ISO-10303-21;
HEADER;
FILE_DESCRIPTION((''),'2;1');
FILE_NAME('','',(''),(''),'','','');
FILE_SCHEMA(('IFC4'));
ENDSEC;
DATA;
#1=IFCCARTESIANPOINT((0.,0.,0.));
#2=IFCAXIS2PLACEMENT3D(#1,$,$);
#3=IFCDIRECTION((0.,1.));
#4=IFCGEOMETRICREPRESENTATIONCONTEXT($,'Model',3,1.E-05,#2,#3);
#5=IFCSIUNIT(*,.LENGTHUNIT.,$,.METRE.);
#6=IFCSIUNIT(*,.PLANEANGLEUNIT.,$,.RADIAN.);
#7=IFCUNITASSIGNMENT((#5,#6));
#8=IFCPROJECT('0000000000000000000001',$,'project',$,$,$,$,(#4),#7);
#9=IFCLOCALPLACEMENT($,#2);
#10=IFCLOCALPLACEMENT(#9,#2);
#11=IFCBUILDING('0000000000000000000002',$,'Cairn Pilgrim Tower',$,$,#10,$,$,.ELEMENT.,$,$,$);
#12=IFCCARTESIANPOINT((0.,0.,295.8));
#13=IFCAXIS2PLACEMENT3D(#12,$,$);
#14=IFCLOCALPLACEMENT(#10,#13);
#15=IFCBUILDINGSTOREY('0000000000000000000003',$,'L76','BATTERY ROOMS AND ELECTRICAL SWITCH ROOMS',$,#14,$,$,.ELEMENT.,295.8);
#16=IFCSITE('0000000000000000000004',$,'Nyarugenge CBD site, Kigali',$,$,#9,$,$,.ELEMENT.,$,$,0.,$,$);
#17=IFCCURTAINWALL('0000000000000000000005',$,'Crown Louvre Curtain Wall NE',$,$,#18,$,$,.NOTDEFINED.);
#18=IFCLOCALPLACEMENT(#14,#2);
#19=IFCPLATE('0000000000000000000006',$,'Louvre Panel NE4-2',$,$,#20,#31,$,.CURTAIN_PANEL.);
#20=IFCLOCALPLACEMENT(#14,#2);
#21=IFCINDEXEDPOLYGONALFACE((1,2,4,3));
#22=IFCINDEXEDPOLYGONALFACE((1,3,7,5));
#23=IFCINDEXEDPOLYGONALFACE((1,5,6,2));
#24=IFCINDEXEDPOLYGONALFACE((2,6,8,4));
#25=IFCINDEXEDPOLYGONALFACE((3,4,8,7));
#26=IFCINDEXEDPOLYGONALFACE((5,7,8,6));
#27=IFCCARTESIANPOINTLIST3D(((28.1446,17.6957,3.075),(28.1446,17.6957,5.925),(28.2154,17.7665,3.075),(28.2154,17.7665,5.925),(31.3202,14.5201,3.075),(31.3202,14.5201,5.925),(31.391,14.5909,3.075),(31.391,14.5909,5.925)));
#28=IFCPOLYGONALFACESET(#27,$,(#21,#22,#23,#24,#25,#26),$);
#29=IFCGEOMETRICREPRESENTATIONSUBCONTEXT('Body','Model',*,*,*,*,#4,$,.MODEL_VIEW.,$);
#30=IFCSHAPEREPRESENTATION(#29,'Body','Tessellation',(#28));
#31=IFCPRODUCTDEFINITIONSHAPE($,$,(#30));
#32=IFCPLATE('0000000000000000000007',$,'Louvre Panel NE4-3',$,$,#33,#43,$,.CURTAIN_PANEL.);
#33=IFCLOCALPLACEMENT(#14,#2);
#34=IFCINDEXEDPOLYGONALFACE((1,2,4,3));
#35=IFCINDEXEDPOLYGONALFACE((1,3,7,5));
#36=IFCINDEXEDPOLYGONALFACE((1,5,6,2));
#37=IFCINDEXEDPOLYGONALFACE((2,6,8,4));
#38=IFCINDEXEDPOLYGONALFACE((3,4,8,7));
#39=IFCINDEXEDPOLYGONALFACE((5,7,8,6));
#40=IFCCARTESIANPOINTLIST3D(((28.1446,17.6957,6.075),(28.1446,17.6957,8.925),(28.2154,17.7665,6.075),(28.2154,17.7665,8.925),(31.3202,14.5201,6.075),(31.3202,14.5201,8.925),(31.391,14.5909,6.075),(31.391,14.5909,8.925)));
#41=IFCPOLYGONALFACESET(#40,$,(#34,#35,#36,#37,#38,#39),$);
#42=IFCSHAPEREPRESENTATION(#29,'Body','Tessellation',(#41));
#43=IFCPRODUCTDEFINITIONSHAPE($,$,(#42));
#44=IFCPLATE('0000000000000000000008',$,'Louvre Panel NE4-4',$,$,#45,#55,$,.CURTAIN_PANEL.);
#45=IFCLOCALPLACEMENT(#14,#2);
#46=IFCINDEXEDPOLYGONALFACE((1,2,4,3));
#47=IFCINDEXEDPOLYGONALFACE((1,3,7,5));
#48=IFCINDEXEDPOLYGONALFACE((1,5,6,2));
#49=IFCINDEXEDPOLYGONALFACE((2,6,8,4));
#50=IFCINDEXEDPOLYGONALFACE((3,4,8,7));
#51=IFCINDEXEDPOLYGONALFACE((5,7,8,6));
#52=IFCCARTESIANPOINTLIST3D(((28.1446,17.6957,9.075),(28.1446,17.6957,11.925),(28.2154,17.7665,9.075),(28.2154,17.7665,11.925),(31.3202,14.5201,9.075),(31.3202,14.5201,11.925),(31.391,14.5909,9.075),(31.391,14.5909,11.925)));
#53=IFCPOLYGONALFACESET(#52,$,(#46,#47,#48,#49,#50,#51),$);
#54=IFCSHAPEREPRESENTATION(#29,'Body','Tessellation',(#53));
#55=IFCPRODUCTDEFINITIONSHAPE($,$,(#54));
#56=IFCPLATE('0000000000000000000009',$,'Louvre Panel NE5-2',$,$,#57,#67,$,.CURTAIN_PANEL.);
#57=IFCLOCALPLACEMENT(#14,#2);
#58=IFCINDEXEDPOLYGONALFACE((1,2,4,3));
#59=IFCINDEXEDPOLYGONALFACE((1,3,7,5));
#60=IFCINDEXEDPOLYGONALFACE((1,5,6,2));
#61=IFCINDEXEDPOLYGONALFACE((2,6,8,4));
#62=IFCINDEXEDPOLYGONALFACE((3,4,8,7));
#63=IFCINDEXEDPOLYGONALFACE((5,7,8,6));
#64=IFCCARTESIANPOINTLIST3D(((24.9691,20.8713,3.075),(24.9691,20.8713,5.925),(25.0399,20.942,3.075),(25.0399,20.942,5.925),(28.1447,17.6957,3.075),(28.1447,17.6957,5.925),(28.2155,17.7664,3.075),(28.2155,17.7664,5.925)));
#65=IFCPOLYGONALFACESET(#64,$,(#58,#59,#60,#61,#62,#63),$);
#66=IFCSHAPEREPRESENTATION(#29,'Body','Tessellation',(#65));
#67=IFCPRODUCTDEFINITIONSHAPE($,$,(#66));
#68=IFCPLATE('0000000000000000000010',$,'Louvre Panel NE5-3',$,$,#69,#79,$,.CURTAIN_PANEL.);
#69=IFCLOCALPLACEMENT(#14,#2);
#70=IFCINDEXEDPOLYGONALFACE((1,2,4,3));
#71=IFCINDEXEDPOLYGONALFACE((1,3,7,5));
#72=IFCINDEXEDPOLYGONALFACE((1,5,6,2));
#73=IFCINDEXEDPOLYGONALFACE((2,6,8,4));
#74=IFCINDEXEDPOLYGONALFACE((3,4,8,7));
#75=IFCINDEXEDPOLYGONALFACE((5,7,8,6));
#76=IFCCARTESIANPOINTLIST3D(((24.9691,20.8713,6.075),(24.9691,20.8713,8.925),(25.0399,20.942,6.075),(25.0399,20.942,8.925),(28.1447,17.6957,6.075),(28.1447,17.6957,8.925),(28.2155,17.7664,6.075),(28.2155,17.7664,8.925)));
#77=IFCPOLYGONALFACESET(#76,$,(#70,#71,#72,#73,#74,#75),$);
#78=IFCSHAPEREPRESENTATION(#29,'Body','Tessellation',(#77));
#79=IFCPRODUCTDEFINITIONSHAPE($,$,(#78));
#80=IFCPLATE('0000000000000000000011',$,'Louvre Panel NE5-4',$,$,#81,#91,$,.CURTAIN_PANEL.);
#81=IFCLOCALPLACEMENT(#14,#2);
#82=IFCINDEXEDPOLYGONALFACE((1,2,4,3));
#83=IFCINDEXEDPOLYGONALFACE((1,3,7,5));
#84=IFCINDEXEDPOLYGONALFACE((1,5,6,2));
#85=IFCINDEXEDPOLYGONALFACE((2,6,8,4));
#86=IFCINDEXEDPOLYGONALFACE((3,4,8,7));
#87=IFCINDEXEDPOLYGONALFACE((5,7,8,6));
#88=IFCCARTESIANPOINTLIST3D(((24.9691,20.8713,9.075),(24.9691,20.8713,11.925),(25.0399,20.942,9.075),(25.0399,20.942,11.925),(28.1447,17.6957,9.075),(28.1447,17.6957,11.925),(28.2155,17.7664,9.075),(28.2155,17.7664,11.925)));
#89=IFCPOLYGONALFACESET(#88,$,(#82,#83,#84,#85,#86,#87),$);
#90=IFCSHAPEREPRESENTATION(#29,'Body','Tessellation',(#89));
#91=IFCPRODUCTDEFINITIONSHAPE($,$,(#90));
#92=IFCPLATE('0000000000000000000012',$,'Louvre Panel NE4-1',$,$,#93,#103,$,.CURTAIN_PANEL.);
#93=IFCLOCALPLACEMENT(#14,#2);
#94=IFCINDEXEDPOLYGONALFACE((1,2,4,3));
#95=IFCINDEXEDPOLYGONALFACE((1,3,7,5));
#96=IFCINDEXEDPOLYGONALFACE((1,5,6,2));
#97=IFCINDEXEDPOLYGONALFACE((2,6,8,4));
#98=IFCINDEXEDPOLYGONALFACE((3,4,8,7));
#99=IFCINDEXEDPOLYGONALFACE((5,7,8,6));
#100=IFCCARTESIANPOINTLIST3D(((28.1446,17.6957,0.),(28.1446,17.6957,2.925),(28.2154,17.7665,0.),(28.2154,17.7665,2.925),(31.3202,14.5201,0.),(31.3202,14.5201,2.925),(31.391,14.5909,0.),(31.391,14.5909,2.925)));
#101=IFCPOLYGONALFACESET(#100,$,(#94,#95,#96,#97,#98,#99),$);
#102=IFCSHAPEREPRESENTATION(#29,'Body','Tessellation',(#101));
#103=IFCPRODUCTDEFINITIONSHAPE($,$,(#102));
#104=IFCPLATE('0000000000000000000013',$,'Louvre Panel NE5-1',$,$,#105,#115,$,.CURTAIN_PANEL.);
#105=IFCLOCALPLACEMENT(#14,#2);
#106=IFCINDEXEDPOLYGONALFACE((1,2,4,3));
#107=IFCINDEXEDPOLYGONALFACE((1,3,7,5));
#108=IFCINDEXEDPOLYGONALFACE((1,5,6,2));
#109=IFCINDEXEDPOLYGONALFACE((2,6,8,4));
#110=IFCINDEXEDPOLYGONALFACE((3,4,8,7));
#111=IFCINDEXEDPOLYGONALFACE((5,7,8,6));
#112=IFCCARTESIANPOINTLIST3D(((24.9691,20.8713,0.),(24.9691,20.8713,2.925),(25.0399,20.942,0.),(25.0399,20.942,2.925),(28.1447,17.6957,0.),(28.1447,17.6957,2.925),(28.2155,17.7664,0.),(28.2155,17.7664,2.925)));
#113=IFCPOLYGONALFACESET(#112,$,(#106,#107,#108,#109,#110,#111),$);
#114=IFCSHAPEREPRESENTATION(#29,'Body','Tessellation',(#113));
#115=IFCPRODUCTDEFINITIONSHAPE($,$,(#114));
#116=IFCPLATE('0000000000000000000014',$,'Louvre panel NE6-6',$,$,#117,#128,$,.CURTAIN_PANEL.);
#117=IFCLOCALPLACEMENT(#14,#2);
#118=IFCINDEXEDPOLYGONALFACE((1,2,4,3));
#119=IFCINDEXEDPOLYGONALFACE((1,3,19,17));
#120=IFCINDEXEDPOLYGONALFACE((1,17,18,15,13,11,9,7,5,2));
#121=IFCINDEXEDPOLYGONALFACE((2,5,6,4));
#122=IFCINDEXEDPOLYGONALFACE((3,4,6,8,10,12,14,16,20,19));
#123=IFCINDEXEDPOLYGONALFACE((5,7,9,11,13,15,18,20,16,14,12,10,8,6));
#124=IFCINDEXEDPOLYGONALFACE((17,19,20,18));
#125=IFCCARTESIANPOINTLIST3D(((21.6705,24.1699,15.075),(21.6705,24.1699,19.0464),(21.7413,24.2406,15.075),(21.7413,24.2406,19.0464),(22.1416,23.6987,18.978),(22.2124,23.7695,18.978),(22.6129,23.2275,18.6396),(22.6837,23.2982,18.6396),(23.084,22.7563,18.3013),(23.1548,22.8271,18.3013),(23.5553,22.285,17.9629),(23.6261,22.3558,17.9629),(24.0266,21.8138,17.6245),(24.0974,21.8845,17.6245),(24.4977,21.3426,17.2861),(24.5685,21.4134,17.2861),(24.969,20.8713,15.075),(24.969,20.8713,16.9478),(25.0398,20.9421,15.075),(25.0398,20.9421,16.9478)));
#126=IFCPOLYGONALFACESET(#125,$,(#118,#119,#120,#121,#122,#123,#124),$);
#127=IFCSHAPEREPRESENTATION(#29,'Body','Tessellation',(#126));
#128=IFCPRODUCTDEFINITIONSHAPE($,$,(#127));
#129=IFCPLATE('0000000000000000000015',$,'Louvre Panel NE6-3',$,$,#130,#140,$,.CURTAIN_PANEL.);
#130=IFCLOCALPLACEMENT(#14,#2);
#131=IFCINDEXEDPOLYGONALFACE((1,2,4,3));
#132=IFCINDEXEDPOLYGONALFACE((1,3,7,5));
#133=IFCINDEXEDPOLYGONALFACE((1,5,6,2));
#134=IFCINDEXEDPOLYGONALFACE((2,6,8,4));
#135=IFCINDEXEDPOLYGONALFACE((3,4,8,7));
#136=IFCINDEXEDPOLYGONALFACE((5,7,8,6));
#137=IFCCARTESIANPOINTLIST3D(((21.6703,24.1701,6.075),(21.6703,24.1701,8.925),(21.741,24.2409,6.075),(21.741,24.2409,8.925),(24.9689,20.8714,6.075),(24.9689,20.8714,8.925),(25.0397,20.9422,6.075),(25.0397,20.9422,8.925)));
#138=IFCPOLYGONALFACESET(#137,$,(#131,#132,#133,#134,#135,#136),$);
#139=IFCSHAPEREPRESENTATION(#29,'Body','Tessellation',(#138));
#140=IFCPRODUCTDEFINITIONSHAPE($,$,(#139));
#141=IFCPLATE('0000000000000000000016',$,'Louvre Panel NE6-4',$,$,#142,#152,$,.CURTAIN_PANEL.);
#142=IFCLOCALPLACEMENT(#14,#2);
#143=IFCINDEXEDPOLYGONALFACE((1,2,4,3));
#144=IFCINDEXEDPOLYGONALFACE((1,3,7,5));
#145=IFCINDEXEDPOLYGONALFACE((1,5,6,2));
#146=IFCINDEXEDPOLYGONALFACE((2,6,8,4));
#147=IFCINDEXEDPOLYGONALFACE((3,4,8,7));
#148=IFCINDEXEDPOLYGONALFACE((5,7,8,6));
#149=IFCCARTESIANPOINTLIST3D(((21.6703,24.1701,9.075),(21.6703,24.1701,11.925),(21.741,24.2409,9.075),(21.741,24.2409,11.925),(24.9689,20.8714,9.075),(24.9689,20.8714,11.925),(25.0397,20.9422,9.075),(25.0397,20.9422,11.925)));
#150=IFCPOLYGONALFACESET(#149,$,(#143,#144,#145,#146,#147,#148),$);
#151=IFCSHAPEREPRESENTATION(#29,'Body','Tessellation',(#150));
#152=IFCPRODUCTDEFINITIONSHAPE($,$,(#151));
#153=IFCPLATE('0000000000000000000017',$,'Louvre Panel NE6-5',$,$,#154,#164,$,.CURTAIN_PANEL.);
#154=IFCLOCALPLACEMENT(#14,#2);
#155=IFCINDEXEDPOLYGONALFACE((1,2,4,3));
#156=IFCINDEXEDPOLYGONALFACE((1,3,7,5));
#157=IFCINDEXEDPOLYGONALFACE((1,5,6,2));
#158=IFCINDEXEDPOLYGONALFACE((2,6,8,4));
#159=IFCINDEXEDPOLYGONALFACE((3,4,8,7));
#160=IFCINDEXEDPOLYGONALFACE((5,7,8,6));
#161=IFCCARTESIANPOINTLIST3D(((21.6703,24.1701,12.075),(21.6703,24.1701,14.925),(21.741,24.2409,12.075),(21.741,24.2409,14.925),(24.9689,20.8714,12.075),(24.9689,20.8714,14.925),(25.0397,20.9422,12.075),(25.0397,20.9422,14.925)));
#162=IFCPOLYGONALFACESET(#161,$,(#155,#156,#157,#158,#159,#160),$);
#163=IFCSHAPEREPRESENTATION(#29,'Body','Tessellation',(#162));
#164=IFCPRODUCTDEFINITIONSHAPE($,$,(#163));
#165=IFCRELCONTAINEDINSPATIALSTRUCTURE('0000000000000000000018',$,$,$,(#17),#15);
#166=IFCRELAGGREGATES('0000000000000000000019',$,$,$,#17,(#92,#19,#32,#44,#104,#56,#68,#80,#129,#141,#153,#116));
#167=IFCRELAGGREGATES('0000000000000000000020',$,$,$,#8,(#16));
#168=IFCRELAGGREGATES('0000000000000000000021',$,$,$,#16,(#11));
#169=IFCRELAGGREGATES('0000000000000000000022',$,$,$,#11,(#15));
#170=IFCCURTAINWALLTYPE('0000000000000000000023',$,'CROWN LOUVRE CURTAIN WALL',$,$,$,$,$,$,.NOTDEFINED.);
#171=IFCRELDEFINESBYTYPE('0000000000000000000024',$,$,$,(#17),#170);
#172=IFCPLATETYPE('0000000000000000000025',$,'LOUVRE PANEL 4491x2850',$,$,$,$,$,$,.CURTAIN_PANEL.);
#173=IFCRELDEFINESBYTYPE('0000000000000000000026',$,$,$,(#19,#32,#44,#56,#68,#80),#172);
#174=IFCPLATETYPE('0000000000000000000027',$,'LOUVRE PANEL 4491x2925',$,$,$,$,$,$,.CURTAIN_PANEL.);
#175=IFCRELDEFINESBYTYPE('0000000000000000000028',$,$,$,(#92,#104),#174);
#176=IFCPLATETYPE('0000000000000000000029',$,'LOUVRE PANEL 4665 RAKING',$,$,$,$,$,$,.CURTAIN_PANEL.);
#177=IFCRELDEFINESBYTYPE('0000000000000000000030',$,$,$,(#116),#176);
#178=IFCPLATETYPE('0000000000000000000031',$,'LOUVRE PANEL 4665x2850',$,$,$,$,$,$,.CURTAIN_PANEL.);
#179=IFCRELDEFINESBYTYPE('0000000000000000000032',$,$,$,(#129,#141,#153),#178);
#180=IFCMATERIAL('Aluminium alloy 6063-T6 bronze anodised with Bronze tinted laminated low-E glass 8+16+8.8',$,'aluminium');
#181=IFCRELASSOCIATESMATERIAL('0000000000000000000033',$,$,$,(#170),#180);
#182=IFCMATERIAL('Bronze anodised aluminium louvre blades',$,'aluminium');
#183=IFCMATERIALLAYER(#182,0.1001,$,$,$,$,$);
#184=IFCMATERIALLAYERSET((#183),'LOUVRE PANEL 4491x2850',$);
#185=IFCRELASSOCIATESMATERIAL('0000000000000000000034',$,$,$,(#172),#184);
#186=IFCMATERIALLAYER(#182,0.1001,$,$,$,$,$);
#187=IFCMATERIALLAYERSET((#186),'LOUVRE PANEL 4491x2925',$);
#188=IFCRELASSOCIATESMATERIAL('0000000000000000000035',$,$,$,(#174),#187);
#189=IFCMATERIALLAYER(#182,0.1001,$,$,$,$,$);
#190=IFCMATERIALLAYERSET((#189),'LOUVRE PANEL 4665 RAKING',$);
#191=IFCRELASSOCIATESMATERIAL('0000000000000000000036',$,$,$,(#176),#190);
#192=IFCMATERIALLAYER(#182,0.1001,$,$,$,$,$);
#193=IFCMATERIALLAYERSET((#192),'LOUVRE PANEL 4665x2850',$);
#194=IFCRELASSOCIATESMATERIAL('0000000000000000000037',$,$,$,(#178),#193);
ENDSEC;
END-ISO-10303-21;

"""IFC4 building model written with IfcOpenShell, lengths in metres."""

from ifc_helpers import new_model, si_unit, direction, frame, origin, origin_2d, place, context, subcontext, project, spatial, polyline, rectangle, outline, extrude, material, layer, layer_set, type_object, element, aggregate, save


model = new_model("IFC4")

# Units and contexts
model_context = context("Model", 3, precision=1e-05, world=origin(), true_north=direction((0.0, 1.0)))
body_context = subcontext(model_context, "Body", "Model", "MODEL_VIEW")
ifc_project = project(units=[si_unit("LENGTHUNIT", "METRE"), si_unit("PLANEANGLEUNIT", "RADIAN")], contexts=[model_context])

# Site, building, storey
site_placement = place(None, origin())
site = spatial("IfcSite", under=ifc_project, at=site_placement, Name="Nyarugenge CBD site, Kigali", CompositionType="ELEMENT", RefElevation=0.0)
building_placement = place(site_placement, origin())
building = spatial("IfcBuilding", under=site, at=building_placement, Name="Cairn Pilgrim Tower", CompositionType="ELEMENT")
storey_placement = place(building_placement, frame((0.0, 0.0, 295.8)))
storey = spatial("IfcBuildingStorey", under=building, at=storey_placement, Name="L76", Description="BATTERY ROOMS AND ELECTRICAL SWITCH ROOMS", CompositionType="ELEMENT", Elevation=295.8)

# Curtain wall
ifc_material_1 = material(Name="Aluminium alloy 6063-T6 bronze anodised with Bronze tinted laminated low-E glass 8+16+8.8", Category="aluminium")
curtain_wall_type = type_object("IfcCurtainWallType", Name="CROWN LOUVRE CURTAIN WALL", PredefinedType="NOTDEFINED", material=ifc_material_1)
curtain_wall_placement = place(storey_placement, origin())
curtain_wall = element("IfcCurtainWall", 1, at=curtain_wall_placement, inside=storey, type_object=curtain_wall_type, Name="Crown Louvre Curtain Wall NE", PredefinedType="NOTDEFINED")

# Plates
ifc_material_2 = material(Name="Bronze anodised aluminium louvre blades", Category="aluminium")
ifc_layer_1 = layer(ifc_material_2, 0.1001)
ifc_layer_set_1 = layer_set([ifc_layer_1], Name="LOUVRE PANEL 4491x2850")
plate_type_1 = type_object("IfcPlateType", Name="LOUVRE PANEL 4491x2850", PredefinedType="CURTAIN_PANEL", material=ifc_layer_set_1)
plate_1_placement = place(storey_placement, frame((29.7678, 16.1433, 3.075), z_axis=(0.0, 0.0, 1.0), x_axis=(-0.707107, 0.707107, 0.0)))
plate_1 = element("IfcPlate", 2, at=plate_1_placement, type_object=plate_type_1, Name="Louvre Panel NE4-2", PredefinedType="CURTAIN_PANEL", context=body_context, shape_type="SweptSolid", body=[
    extrude(rectangle(XDim=4.491, YDim=0.1001, at=origin_2d()), origin(), (0.0, 0.0, 1.0), 2.8501),
])
plate_2_placement = place(storey_placement, frame((29.7678, 16.1433, 6.075), z_axis=(0.0, 0.0, 1.0), x_axis=(-0.707107, 0.707107, 0.0)))
plate_2 = element("IfcPlate", 3, at=plate_2_placement, type_object=plate_type_1, Name="Louvre Panel NE4-3", PredefinedType="CURTAIN_PANEL", context=body_context, shape_type="SweptSolid", body=[
    extrude(rectangle(XDim=4.491, YDim=0.1001, at=origin_2d()), origin(), (0.0, 0.0, 1.0), 2.8501),
])
plate_3_placement = place(storey_placement, frame((29.7678, 16.1433, 9.075), z_axis=(0.0, 0.0, 1.0), x_axis=(-0.707107, 0.707107, 0.0)))
plate_3 = element("IfcPlate", 4, at=plate_3_placement, type_object=plate_type_1, Name="Louvre Panel NE4-4", PredefinedType="CURTAIN_PANEL", context=body_context, shape_type="SweptSolid", body=[
    extrude(rectangle(XDim=4.491, YDim=0.1001, at=origin_2d()), origin(), (0.0, 0.0, 1.0), 2.8501),
])
plate_4_placement = place(storey_placement, frame((26.5923, 19.3188, 3.075), z_axis=(0.0, 0.0, 1.0), x_axis=(-0.707107, 0.707107, 0.0)))
plate_4 = element("IfcPlate", 5, at=plate_4_placement, type_object=plate_type_1, Name="Louvre Panel NE5-2", PredefinedType="CURTAIN_PANEL", context=body_context, shape_type="SweptSolid", body=[
    extrude(rectangle(XDim=4.491, YDim=0.1001, at=origin_2d()), origin(), (0.0, 0.0, 1.0), 2.8501),
])
plate_5_placement = place(storey_placement, frame((26.5923, 19.3188, 6.075), z_axis=(0.0, 0.0, 1.0), x_axis=(-0.707107, 0.707107, 0.0)))
plate_5 = element("IfcPlate", 6, at=plate_5_placement, type_object=plate_type_1, Name="Louvre Panel NE5-3", PredefinedType="CURTAIN_PANEL", context=body_context, shape_type="SweptSolid", body=[
    extrude(rectangle(XDim=4.491, YDim=0.1001, at=origin_2d()), origin(), (0.0, 0.0, 1.0), 2.8501),
])
plate_6_placement = place(storey_placement, frame((26.5923, 19.3188, 9.075), z_axis=(0.0, 0.0, 1.0), x_axis=(-0.707107, 0.707107, 0.0)))
plate_6 = element("IfcPlate", 7, at=plate_6_placement, type_object=plate_type_1, Name="Louvre Panel NE5-4", PredefinedType="CURTAIN_PANEL", context=body_context, shape_type="SweptSolid", body=[
    extrude(rectangle(XDim=4.491, YDim=0.1001, at=origin_2d()), origin(), (0.0, 0.0, 1.0), 2.8501),
])
ifc_layer_2 = layer(ifc_material_2, 0.1001)
ifc_layer_set_2 = layer_set([ifc_layer_2], Name="LOUVRE PANEL 4491x2925")
plate_type_2 = type_object("IfcPlateType", Name="LOUVRE PANEL 4491x2925", PredefinedType="CURTAIN_PANEL", material=ifc_layer_set_2)
plate_7_placement = place(storey_placement, frame((29.7678, 16.1433, 0.0), z_axis=(0.0, 0.0, 1.0), x_axis=(-0.707107, 0.707107, 0.0)))
plate_7 = element("IfcPlate", 8, at=plate_7_placement, type_object=plate_type_2, Name="Louvre Panel NE4-1", PredefinedType="CURTAIN_PANEL", context=body_context, shape_type="SweptSolid", body=[
    extrude(rectangle(XDim=4.491, YDim=0.1001, at=origin_2d()), origin(), (0.0, 0.0, 1.0), 2.925),
])
plate_8_placement = place(storey_placement, frame((26.5923, 19.3188, 0.0), z_axis=(0.0, 0.0, 1.0), x_axis=(-0.707107, 0.707107, 0.0)))
plate_8 = element("IfcPlate", 9, at=plate_8_placement, type_object=plate_type_2, Name="Louvre Panel NE5-1", PredefinedType="CURTAIN_PANEL", context=body_context, shape_type="SweptSolid", body=[
    extrude(rectangle(XDim=4.491, YDim=0.1001, at=origin_2d()), origin(), (0.0, 0.0, 1.0), 2.925),
])
ifc_layer_3 = layer(ifc_material_2, 0.1001)
ifc_layer_set_3 = layer_set([ifc_layer_3], Name="LOUVRE PANEL 4665 RAKING")
plate_type_3 = type_object("IfcPlateType", Name="LOUVRE PANEL 4665 RAKING", PredefinedType="CURTAIN_PANEL", material=ifc_layer_set_3)
plate_9_placement = place(storey_placement, frame((25.0044, 20.9067, 15.075), z_axis=(0.0, 0.0, 1.0), x_axis=(-0.707107, 0.707107, 0.0)))
plate_9 = element("IfcPlate", 10, at=plate_9_placement, type_object=plate_type_3, Name="Louvre panel NE6-6", PredefinedType="CURTAIN_PANEL", context=body_context, shape_type="SweptSolid", body=[
    extrude(outline(polyline([(0.0, 0.0), (4.6648, 0.0), (4.6648, 3.9714), (3.9985, 3.9031), (3.332, 3.5647), (2.6658, 3.2263), (1.9993, 2.8879), (1.3328, 2.5496), (0.6665, 2.2112), (0.0, 1.8728), (0.0, 0.0)])), frame((0.0, 0.05, 0.0), z_axis=(0.0, -1.0, 0.0), x_axis=(1.0, 0.0, 0.0)), (0.0, 0.0, 1.0), 0.1001),
])
ifc_layer_4 = layer(ifc_material_2, 0.1001)
ifc_layer_set_4 = layer_set([ifc_layer_4], Name="LOUVRE PANEL 4665x2850")
plate_type_4 = type_object("IfcPlateType", Name="LOUVRE PANEL 4665x2850", PredefinedType="CURTAIN_PANEL", material=ifc_layer_set_4)
plate_10_placement = place(storey_placement, frame((23.355, 22.5562, 6.075), z_axis=(0.0, 0.0, 1.0), x_axis=(-0.707107, 0.707107, 0.0)))
plate_10 = element("IfcPlate", 11, at=plate_10_placement, type_object=plate_type_4, Name="Louvre Panel NE6-3", PredefinedType="CURTAIN_PANEL", context=body_context, shape_type="SweptSolid", body=[
    extrude(rectangle(XDim=4.665, YDim=0.1001, at=origin_2d()), origin(), (0.0, 0.0, 1.0), 2.8501),
])
plate_11_placement = place(storey_placement, frame((23.355, 22.5562, 9.075), z_axis=(0.0, 0.0, 1.0), x_axis=(-0.707107, 0.707107, 0.0)))
plate_11 = element("IfcPlate", 12, at=plate_11_placement, type_object=plate_type_4, Name="Louvre Panel NE6-4", PredefinedType="CURTAIN_PANEL", context=body_context, shape_type="SweptSolid", body=[
    extrude(rectangle(XDim=4.665, YDim=0.1001, at=origin_2d()), origin(), (0.0, 0.0, 1.0), 2.8501),
])
plate_12_placement = place(storey_placement, frame((23.355, 22.5562, 12.075), z_axis=(0.0, 0.0, 1.0), x_axis=(-0.707107, 0.707107, 0.0)))
plate_12 = element("IfcPlate", 13, at=plate_12_placement, type_object=plate_type_4, Name="Louvre Panel NE6-5", PredefinedType="CURTAIN_PANEL", context=body_context, shape_type="SweptSolid", body=[
    extrude(rectangle(XDim=4.665, YDim=0.1001, at=origin_2d()), origin(), (0.0, 0.0, 1.0), 2.8501),
])
aggregate(curtain_wall, [plate_7, plate_1, plate_2, plate_3, plate_8, plate_4, plate_5, plate_6, plate_10, plate_11, plate_12, plate_9])

save(model, "model.ifc")
